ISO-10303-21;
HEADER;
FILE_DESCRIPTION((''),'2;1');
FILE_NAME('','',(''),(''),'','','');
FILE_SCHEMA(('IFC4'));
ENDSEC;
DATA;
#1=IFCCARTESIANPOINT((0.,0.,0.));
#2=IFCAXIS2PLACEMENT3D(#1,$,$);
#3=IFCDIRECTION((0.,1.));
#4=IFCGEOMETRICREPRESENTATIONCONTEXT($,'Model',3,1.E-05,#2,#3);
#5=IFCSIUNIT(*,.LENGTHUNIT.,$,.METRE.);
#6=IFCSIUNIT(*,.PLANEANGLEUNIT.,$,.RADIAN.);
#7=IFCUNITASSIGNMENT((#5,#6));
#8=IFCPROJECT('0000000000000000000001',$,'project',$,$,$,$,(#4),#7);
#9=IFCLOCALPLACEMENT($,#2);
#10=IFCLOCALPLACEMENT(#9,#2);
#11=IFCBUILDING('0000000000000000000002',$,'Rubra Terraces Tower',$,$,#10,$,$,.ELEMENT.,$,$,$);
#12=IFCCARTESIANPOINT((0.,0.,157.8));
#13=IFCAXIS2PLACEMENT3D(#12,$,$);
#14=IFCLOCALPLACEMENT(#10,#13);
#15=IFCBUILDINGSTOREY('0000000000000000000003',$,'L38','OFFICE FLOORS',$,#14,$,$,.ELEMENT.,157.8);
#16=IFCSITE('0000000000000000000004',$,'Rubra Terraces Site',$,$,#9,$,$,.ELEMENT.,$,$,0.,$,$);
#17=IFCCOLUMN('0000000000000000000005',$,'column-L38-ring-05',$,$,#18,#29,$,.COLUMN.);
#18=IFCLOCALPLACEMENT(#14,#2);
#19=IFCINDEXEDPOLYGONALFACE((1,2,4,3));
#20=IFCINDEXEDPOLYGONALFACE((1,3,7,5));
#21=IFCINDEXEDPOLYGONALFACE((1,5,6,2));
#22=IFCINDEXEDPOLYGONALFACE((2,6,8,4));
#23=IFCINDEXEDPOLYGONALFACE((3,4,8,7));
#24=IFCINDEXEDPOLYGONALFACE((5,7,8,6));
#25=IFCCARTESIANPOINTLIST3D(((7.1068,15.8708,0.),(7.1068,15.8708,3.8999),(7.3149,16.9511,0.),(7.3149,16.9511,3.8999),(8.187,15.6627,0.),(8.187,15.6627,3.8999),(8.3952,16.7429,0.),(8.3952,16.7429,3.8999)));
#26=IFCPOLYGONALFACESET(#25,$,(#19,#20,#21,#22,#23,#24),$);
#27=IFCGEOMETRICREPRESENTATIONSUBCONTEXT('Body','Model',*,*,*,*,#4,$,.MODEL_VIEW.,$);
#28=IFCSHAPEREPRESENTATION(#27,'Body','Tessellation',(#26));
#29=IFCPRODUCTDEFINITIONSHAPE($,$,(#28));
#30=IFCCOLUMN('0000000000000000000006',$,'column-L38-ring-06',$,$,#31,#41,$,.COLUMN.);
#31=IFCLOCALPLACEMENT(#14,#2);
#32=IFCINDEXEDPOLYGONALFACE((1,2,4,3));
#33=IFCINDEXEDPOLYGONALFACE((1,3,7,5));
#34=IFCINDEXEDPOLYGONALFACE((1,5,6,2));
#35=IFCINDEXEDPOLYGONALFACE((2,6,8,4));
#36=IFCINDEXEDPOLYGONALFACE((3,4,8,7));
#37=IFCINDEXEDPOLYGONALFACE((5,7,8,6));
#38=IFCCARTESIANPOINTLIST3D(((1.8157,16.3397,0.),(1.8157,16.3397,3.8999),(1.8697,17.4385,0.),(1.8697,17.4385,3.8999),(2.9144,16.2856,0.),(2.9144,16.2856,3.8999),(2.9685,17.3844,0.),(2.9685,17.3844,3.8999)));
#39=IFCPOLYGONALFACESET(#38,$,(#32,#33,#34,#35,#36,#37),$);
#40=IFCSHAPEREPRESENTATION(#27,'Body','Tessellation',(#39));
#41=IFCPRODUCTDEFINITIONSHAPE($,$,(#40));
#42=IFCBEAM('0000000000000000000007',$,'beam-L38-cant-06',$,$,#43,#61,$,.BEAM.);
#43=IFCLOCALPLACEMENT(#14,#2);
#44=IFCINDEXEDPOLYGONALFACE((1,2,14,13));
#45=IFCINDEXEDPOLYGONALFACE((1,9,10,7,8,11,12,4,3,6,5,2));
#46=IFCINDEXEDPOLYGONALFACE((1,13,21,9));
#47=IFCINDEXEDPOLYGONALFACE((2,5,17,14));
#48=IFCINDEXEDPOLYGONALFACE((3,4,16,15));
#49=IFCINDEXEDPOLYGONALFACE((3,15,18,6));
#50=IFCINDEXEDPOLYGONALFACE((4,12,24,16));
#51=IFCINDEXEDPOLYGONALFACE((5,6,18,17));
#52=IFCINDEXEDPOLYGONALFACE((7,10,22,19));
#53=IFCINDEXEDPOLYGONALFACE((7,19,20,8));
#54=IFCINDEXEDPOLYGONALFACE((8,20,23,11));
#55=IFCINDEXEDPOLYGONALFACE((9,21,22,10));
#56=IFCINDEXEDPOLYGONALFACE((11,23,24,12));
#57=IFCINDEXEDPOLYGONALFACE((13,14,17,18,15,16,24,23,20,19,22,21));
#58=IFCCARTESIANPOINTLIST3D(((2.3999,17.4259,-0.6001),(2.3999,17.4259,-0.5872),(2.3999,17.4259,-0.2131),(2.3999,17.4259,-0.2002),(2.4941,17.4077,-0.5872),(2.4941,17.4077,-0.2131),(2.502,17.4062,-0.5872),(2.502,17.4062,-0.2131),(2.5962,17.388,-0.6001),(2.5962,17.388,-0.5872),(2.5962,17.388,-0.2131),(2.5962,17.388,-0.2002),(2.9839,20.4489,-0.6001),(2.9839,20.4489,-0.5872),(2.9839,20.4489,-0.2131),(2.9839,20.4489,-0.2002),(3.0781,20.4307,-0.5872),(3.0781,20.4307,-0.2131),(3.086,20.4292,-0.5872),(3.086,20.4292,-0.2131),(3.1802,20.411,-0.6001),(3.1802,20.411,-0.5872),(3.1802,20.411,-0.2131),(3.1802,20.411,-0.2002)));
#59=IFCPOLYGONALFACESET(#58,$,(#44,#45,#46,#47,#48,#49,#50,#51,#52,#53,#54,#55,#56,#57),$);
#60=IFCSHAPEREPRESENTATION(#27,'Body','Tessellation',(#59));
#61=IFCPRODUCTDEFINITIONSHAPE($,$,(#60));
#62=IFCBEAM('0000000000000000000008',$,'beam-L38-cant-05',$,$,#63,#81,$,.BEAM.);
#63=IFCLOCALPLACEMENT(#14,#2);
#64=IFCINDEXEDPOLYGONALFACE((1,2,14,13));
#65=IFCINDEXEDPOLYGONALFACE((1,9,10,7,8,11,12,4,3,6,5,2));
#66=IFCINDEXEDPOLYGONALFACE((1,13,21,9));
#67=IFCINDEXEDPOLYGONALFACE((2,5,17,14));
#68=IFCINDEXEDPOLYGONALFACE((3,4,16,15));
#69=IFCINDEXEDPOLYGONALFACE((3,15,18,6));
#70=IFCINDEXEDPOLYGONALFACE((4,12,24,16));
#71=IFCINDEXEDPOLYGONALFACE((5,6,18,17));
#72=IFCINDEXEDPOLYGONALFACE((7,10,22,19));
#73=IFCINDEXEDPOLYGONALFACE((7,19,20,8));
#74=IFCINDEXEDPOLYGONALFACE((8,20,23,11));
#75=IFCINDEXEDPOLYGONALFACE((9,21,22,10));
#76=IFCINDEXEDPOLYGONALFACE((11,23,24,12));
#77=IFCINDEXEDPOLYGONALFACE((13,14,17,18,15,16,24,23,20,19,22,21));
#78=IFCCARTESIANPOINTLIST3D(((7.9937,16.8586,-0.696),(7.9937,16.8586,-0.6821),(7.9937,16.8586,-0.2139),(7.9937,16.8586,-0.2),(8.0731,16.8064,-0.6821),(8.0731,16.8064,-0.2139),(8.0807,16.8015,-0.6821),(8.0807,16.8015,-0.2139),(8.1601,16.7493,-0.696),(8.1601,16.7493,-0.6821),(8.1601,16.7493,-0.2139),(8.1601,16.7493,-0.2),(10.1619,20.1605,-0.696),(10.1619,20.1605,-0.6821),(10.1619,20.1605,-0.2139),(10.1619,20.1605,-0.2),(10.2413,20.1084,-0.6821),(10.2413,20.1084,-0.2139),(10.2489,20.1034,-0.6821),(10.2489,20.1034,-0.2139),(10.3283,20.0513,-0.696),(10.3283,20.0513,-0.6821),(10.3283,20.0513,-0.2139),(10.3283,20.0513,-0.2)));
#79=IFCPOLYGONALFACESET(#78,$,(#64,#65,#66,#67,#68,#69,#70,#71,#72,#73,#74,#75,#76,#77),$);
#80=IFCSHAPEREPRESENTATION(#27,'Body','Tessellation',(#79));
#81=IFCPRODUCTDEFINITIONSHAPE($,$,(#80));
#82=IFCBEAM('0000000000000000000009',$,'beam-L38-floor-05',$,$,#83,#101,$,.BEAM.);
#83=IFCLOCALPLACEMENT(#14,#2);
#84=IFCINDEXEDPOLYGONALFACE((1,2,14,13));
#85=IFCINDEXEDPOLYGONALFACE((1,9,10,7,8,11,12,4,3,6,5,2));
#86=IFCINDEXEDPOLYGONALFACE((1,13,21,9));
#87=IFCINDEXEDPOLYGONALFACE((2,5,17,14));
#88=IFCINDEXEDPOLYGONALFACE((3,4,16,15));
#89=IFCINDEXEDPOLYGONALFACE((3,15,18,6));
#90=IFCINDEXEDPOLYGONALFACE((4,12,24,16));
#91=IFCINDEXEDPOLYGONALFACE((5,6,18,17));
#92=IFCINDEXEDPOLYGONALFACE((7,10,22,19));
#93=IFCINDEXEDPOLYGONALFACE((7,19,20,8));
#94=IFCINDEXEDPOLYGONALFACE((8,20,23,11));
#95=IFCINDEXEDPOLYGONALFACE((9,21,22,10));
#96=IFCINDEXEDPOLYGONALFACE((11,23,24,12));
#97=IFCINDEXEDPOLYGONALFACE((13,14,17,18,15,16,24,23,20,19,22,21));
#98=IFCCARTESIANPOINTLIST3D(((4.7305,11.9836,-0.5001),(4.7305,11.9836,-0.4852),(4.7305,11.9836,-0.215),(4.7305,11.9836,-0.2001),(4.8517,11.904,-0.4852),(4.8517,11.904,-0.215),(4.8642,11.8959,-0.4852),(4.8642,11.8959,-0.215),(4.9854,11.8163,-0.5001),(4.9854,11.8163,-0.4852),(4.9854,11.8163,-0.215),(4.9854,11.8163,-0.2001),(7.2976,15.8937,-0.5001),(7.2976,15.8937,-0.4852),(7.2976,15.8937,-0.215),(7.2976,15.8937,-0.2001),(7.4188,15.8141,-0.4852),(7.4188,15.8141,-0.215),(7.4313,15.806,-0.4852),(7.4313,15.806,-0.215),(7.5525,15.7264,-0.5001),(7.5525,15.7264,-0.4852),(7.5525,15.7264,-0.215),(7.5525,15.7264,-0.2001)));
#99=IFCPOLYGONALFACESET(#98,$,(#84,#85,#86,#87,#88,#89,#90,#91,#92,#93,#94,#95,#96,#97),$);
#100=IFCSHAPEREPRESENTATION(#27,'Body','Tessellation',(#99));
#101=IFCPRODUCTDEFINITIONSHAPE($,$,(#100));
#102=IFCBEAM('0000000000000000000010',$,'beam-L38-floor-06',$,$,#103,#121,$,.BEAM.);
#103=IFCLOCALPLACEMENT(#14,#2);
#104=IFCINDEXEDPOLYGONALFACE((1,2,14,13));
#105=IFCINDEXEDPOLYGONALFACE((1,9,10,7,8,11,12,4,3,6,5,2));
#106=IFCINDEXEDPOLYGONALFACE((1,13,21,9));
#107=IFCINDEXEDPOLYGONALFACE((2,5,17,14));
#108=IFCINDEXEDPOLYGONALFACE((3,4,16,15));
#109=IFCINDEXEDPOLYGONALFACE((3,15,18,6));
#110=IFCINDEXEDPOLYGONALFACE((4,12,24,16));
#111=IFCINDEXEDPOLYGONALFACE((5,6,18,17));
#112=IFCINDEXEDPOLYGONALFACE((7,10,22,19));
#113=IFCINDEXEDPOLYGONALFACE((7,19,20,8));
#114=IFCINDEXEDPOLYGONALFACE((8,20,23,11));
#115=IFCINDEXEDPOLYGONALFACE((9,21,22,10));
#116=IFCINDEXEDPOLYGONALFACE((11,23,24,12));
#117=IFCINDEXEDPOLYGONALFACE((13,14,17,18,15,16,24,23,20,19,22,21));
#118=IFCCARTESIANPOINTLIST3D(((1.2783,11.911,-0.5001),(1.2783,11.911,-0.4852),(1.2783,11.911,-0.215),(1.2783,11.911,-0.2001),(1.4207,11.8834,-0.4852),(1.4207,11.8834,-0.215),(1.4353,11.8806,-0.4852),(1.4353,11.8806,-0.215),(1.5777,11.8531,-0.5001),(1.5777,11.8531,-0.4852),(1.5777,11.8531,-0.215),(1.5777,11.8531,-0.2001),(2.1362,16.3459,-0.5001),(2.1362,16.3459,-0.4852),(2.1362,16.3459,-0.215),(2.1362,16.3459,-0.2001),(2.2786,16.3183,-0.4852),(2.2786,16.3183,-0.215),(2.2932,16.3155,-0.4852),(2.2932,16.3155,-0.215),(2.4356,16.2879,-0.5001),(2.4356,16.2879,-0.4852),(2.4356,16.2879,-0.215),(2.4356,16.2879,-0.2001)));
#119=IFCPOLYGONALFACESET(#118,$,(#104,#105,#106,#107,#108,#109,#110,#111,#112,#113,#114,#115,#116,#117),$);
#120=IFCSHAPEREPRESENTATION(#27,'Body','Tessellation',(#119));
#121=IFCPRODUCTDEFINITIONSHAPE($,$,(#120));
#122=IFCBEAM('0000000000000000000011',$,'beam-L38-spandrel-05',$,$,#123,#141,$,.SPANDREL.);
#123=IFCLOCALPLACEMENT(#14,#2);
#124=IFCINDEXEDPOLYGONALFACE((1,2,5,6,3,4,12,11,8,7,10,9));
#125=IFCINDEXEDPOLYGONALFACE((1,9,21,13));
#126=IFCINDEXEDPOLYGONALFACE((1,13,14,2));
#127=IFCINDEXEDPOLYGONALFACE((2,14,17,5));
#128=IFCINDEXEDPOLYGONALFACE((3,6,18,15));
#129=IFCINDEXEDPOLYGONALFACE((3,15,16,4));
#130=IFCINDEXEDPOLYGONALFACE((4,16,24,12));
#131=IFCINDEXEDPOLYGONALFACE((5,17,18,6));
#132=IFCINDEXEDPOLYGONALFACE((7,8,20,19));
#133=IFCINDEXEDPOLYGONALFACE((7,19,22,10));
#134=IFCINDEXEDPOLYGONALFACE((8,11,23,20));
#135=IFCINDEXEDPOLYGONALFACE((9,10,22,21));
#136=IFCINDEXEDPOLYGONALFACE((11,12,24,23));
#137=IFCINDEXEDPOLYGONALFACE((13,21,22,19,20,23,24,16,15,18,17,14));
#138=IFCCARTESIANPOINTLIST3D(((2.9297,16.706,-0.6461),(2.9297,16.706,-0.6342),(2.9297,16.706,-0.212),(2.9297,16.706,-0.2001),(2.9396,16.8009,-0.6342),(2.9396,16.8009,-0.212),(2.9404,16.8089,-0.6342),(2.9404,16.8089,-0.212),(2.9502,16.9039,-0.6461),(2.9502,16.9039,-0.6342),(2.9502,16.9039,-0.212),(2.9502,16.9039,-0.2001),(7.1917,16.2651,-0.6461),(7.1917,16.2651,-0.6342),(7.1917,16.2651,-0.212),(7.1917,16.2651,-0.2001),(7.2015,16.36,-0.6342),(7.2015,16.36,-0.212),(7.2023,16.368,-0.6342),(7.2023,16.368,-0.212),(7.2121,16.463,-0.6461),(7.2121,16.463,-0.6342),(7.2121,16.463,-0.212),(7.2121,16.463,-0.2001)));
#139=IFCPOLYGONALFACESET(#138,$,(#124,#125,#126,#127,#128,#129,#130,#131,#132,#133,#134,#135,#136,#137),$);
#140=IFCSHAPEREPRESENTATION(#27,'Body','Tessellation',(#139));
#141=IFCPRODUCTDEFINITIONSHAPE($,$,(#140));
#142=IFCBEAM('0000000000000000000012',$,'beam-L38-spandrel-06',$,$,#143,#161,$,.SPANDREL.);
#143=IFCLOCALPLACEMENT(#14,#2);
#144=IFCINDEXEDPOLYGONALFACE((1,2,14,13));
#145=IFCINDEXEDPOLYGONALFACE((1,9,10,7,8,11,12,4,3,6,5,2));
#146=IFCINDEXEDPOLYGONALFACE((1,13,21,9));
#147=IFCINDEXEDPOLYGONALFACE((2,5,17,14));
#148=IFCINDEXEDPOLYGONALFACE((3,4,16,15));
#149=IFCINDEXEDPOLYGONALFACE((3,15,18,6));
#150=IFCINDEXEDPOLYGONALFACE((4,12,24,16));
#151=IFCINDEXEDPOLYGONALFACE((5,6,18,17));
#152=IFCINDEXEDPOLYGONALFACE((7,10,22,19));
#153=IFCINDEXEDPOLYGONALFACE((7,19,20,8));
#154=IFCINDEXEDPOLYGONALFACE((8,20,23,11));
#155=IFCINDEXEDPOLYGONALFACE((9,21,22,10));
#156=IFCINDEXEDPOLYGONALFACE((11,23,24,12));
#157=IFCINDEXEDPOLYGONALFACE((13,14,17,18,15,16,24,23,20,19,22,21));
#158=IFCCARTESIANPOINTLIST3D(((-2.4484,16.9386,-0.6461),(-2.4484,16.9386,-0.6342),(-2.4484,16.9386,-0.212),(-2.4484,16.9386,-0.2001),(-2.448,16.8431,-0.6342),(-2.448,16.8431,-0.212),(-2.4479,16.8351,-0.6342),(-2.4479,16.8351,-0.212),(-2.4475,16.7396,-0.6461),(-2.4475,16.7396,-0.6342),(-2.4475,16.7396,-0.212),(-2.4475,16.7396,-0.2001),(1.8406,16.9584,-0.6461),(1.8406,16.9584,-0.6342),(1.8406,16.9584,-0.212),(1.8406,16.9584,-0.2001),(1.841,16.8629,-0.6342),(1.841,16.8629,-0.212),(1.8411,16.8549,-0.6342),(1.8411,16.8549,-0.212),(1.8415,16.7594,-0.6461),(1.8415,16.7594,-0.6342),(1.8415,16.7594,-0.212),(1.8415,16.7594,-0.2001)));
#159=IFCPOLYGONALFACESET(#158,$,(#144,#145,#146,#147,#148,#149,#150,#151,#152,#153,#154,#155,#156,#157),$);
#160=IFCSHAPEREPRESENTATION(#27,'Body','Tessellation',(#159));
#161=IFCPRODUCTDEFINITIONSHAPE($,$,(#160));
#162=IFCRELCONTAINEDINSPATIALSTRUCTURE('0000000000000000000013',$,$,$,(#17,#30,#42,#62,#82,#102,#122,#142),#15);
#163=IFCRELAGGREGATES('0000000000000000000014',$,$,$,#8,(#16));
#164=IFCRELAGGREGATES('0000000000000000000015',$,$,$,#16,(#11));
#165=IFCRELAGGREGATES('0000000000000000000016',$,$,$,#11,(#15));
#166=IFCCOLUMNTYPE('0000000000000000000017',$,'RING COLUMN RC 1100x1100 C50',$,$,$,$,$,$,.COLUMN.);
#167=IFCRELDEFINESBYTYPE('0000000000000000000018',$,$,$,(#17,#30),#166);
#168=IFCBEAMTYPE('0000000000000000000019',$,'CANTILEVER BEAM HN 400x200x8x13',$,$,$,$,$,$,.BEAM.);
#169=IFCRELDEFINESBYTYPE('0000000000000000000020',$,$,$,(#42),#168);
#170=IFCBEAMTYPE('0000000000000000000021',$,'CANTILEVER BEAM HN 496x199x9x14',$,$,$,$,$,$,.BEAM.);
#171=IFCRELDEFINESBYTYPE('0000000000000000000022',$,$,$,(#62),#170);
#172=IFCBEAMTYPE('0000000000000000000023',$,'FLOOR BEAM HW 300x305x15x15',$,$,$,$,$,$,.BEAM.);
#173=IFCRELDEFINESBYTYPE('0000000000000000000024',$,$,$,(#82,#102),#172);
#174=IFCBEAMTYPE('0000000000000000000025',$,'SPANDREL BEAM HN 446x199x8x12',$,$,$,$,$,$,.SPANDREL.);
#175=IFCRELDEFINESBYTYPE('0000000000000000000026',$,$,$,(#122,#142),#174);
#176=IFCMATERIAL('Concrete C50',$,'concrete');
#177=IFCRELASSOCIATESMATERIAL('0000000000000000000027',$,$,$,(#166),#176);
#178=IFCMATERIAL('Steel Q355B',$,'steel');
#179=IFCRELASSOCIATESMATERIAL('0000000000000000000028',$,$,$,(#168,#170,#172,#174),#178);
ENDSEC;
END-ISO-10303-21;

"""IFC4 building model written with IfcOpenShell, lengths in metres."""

from ifc_helpers import new_model, si_unit, direction, frame, origin, origin_2d, place, context, subcontext, project, spatial, rectangle, i_section, extrude, material, material_profile, profile_set, type_object, element, save


model = new_model("IFC4")

# Units and contexts
model_context = context("Model", 3, precision=1e-05, world=origin(), true_north=direction((0.0, 1.0)))
body_context = subcontext(model_context, "Body", "Model", "MODEL_VIEW")
ifc_project = project(units=[si_unit("LENGTHUNIT", "METRE"), si_unit("PLANEANGLEUNIT", "RADIAN")], contexts=[model_context])

# Site, building, storey
site_placement = place(None, origin())
site = spatial("IfcSite", under=ifc_project, at=site_placement, Name="Rubra Terraces Site", CompositionType="ELEMENT", RefElevation=0.0)
building_placement = place(site_placement, origin())
building = spatial("IfcBuilding", under=site, at=building_placement, Name="Rubra Terraces Tower", CompositionType="ELEMENT")
storey_placement = place(building_placement, frame((0.0, 0.0, 157.8)))
storey = spatial("IfcBuildingStorey", under=building, at=storey_placement, Name="L38", Description="OFFICE FLOORS", CompositionType="ELEMENT", Elevation=157.8)

# Columns
ifc_material_1 = material(Name="Concrete C50", Category="concrete")
ifc_material_profile_1 = material_profile(ifc_material_1, rectangle(XDim=1.1001, YDim=1.1001, at=origin_2d()), Name="RC 1100x1100")
ifc_profile_set_1 = profile_set([ifc_material_profile_1], Name="Concrete C50")
column_type = type_object("IfcColumnType", Name="RING COLUMN RC 1100x1100 C50", PredefinedType="COLUMN", material=ifc_profile_set_1)
for number, where, z_axis, x_axis, name in (
    (1, (7.751, 16.3069, 0.0), (0.0, 0.0, 1.0), (-0.981937, 0.18921, 0.0), "column-L38-ring-05"),
    (2, (2.3921, 16.8621, 0.0), (0.0, 0.0, 1.0), (-0.998791, 0.04915, 0.0), "column-L38-ring-06"),
):
    element("IfcColumn", number, at=place(storey_placement, frame(where, z_axis=z_axis, x_axis=x_axis)), inside=storey, type_object=column_type, Name=name, PredefinedType="COLUMN", context=body_context, shape_type="SweptSolid", body=[
        extrude(rectangle(XDim=1.1001, YDim=1.1001, at=origin_2d()), origin(), (0.0, 0.0, 1.0), 3.8999),
    ])

# Beams
ifc_material_2 = material(Name="Steel Q355B", Category="steel")
ifc_material_profile_2 = material_profile(ifc_material_2, i_section(OverallWidth=0.2, OverallDepth=0.3999, WebThickness=0.0081, FlangeThickness=0.0129, at=origin_2d()), Name="HN 400x200x8x13")
ifc_profile_set_2 = profile_set([ifc_material_profile_2], Name="Steel Q355B")
beam_type_1 = type_object("IfcBeamType", Name="CANTILEVER BEAM HN 400x200x8x13", PredefinedType="BEAM", material=ifc_profile_set_2)
beam_1_placement = place(storey_placement, frame((2.498, 17.407, -0.4001), z_axis=(0.189677, 0.981847, 0.0), x_axis=(-0.981847, 0.189677, 0.0)))
element("IfcBeam", 3, at=beam_1_placement, inside=storey, type_object=beam_type_1, Name="beam-L38-cant-06", PredefinedType="BEAM", context=body_context, shape_type="SweptSolid", body=[
    extrude(i_section(OverallWidth=0.2, OverallDepth=0.3999, WebThickness=0.0081, FlangeThickness=0.0129, at=origin_2d()), origin(), (0.0, 0.0, 1.0), 3.0789),
])
ifc_material_profile_3 = material_profile(ifc_material_2, i_section(OverallWidth=0.199, OverallDepth=0.4961, WebThickness=0.009, FlangeThickness=0.0139, at=origin_2d()), Name="HN 496x199x9x14")
ifc_profile_set_3 = profile_set([ifc_material_profile_3], Name="Steel Q355B")
beam_type_2 = type_object("IfcBeamType", Name="CANTILEVER BEAM HN 496x199x9x14", PredefinedType="BEAM", material=ifc_profile_set_3)
beam_2_placement = place(storey_placement, frame((8.0769, 16.804, -0.448), z_axis=(0.548882, 0.8359, 0.0), x_axis=(-0.8359, 0.548882, 0.0)))
element("IfcBeam", 4, at=beam_2_placement, inside=storey, type_object=beam_type_2, Name="beam-L38-cant-05", PredefinedType="BEAM", context=body_context, shape_type="SweptSolid", body=[
    extrude(i_section(OverallWidth=0.199, OverallDepth=0.4961, WebThickness=0.009, FlangeThickness=0.0139, at=origin_2d()), origin(), (0.0, 0.0, 1.0), 3.9502),
])
ifc_material_profile_4 = material_profile(ifc_material_2, i_section(OverallWidth=0.3049, OverallDepth=0.3, WebThickness=0.0149, FlangeThickness=0.0149, at=origin_2d()), Name="HW 300x305x15x15")
ifc_profile_set_4 = profile_set([ifc_material_profile_4], Name="Steel Q355B")
beam_type_3 = type_object("IfcBeamType", Name="FLOOR BEAM HW 300x305x15x15", PredefinedType="BEAM", material=ifc_profile_set_4)
beam_3_placement = place(storey_placement, frame((7.425, 15.8101, -0.3501), z_axis=(-0.548821, -0.83594, 0.0), x_axis=(0.83594, -0.548821, 0.0)))
element("IfcBeam", 5, at=beam_3_placement, inside=storey, type_object=beam_type_3, Name="beam-L38-floor-05", PredefinedType="BEAM", context=body_context, shape_type="SweptSolid", body=[
    extrude(i_section(OverallWidth=0.3049, OverallDepth=0.3, WebThickness=0.0149, FlangeThickness=0.0149, at=origin_2d()), origin(), (0.0, 0.0, 1.0), 4.6775),
])
beam_4_placement = place(storey_placement, frame((2.2859, 16.3169, -0.3501), z_axis=(-0.189928, -0.981798, 0.0), x_axis=(0.981798, -0.189928, 0.0)))
element("IfcBeam", 6, at=beam_4_placement, inside=storey, type_object=beam_type_3, Name="beam-L38-floor-06", PredefinedType="BEAM", context=body_context, shape_type="SweptSolid", body=[
    extrude(i_section(OverallWidth=0.3049, OverallDepth=0.3, WebThickness=0.0149, FlangeThickness=0.0149, at=origin_2d()), origin(), (0.0, 0.0, 1.0), 4.5171),
])
ifc_material_profile_5 = material_profile(ifc_material_2, i_section(OverallWidth=0.199, OverallDepth=0.446, WebThickness=0.0081, FlangeThickness=0.012, at=origin_2d()), Name="HN 446x199x8x12")
ifc_profile_set_5 = profile_set([ifc_material_profile_5], Name="Steel Q355B")
beam_type_4 = type_object("IfcBeamType", Name="SPANDREL BEAM HN 446x199x8x12", PredefinedType="SPANDREL", material=ifc_profile_set_5)
beam_5_placement = place(storey_placement, frame((7.2019, 16.364, -0.4231), z_axis=(-0.994691, 0.102905, 0.0), x_axis=(-0.102905, -0.994691, 0.0)))
element("IfcBeam", 7, at=beam_5_placement, inside=storey, type_object=beam_type_4, Name="beam-L38-spandrel-05", PredefinedType="SPANDREL", context=body_context, shape_type="SweptSolid", body=[
    extrude(i_section(OverallWidth=0.199, OverallDepth=0.446, WebThickness=0.0081, FlangeThickness=0.012, at=origin_2d()), origin(), (0.0, 0.0, 1.0), 4.2847),
])
beam_6_placement = place(storey_placement, frame((1.8411, 16.8589, -0.4231), z_axis=(-0.999989, -0.004611, 0.0), x_axis=(0.004611, -0.999989, 0.0)))
element("IfcBeam", 8, at=beam_6_placement, inside=storey, type_object=beam_type_4, Name="beam-L38-spandrel-06", PredefinedType="SPANDREL", context=body_context, shape_type="SweptSolid", body=[
    extrude(i_section(OverallWidth=0.199, OverallDepth=0.446, WebThickness=0.0081, FlangeThickness=0.012, at=origin_2d()), origin(), (0.0, 0.0, 1.0), 4.2891),
])

save(model, "model.ifc")
